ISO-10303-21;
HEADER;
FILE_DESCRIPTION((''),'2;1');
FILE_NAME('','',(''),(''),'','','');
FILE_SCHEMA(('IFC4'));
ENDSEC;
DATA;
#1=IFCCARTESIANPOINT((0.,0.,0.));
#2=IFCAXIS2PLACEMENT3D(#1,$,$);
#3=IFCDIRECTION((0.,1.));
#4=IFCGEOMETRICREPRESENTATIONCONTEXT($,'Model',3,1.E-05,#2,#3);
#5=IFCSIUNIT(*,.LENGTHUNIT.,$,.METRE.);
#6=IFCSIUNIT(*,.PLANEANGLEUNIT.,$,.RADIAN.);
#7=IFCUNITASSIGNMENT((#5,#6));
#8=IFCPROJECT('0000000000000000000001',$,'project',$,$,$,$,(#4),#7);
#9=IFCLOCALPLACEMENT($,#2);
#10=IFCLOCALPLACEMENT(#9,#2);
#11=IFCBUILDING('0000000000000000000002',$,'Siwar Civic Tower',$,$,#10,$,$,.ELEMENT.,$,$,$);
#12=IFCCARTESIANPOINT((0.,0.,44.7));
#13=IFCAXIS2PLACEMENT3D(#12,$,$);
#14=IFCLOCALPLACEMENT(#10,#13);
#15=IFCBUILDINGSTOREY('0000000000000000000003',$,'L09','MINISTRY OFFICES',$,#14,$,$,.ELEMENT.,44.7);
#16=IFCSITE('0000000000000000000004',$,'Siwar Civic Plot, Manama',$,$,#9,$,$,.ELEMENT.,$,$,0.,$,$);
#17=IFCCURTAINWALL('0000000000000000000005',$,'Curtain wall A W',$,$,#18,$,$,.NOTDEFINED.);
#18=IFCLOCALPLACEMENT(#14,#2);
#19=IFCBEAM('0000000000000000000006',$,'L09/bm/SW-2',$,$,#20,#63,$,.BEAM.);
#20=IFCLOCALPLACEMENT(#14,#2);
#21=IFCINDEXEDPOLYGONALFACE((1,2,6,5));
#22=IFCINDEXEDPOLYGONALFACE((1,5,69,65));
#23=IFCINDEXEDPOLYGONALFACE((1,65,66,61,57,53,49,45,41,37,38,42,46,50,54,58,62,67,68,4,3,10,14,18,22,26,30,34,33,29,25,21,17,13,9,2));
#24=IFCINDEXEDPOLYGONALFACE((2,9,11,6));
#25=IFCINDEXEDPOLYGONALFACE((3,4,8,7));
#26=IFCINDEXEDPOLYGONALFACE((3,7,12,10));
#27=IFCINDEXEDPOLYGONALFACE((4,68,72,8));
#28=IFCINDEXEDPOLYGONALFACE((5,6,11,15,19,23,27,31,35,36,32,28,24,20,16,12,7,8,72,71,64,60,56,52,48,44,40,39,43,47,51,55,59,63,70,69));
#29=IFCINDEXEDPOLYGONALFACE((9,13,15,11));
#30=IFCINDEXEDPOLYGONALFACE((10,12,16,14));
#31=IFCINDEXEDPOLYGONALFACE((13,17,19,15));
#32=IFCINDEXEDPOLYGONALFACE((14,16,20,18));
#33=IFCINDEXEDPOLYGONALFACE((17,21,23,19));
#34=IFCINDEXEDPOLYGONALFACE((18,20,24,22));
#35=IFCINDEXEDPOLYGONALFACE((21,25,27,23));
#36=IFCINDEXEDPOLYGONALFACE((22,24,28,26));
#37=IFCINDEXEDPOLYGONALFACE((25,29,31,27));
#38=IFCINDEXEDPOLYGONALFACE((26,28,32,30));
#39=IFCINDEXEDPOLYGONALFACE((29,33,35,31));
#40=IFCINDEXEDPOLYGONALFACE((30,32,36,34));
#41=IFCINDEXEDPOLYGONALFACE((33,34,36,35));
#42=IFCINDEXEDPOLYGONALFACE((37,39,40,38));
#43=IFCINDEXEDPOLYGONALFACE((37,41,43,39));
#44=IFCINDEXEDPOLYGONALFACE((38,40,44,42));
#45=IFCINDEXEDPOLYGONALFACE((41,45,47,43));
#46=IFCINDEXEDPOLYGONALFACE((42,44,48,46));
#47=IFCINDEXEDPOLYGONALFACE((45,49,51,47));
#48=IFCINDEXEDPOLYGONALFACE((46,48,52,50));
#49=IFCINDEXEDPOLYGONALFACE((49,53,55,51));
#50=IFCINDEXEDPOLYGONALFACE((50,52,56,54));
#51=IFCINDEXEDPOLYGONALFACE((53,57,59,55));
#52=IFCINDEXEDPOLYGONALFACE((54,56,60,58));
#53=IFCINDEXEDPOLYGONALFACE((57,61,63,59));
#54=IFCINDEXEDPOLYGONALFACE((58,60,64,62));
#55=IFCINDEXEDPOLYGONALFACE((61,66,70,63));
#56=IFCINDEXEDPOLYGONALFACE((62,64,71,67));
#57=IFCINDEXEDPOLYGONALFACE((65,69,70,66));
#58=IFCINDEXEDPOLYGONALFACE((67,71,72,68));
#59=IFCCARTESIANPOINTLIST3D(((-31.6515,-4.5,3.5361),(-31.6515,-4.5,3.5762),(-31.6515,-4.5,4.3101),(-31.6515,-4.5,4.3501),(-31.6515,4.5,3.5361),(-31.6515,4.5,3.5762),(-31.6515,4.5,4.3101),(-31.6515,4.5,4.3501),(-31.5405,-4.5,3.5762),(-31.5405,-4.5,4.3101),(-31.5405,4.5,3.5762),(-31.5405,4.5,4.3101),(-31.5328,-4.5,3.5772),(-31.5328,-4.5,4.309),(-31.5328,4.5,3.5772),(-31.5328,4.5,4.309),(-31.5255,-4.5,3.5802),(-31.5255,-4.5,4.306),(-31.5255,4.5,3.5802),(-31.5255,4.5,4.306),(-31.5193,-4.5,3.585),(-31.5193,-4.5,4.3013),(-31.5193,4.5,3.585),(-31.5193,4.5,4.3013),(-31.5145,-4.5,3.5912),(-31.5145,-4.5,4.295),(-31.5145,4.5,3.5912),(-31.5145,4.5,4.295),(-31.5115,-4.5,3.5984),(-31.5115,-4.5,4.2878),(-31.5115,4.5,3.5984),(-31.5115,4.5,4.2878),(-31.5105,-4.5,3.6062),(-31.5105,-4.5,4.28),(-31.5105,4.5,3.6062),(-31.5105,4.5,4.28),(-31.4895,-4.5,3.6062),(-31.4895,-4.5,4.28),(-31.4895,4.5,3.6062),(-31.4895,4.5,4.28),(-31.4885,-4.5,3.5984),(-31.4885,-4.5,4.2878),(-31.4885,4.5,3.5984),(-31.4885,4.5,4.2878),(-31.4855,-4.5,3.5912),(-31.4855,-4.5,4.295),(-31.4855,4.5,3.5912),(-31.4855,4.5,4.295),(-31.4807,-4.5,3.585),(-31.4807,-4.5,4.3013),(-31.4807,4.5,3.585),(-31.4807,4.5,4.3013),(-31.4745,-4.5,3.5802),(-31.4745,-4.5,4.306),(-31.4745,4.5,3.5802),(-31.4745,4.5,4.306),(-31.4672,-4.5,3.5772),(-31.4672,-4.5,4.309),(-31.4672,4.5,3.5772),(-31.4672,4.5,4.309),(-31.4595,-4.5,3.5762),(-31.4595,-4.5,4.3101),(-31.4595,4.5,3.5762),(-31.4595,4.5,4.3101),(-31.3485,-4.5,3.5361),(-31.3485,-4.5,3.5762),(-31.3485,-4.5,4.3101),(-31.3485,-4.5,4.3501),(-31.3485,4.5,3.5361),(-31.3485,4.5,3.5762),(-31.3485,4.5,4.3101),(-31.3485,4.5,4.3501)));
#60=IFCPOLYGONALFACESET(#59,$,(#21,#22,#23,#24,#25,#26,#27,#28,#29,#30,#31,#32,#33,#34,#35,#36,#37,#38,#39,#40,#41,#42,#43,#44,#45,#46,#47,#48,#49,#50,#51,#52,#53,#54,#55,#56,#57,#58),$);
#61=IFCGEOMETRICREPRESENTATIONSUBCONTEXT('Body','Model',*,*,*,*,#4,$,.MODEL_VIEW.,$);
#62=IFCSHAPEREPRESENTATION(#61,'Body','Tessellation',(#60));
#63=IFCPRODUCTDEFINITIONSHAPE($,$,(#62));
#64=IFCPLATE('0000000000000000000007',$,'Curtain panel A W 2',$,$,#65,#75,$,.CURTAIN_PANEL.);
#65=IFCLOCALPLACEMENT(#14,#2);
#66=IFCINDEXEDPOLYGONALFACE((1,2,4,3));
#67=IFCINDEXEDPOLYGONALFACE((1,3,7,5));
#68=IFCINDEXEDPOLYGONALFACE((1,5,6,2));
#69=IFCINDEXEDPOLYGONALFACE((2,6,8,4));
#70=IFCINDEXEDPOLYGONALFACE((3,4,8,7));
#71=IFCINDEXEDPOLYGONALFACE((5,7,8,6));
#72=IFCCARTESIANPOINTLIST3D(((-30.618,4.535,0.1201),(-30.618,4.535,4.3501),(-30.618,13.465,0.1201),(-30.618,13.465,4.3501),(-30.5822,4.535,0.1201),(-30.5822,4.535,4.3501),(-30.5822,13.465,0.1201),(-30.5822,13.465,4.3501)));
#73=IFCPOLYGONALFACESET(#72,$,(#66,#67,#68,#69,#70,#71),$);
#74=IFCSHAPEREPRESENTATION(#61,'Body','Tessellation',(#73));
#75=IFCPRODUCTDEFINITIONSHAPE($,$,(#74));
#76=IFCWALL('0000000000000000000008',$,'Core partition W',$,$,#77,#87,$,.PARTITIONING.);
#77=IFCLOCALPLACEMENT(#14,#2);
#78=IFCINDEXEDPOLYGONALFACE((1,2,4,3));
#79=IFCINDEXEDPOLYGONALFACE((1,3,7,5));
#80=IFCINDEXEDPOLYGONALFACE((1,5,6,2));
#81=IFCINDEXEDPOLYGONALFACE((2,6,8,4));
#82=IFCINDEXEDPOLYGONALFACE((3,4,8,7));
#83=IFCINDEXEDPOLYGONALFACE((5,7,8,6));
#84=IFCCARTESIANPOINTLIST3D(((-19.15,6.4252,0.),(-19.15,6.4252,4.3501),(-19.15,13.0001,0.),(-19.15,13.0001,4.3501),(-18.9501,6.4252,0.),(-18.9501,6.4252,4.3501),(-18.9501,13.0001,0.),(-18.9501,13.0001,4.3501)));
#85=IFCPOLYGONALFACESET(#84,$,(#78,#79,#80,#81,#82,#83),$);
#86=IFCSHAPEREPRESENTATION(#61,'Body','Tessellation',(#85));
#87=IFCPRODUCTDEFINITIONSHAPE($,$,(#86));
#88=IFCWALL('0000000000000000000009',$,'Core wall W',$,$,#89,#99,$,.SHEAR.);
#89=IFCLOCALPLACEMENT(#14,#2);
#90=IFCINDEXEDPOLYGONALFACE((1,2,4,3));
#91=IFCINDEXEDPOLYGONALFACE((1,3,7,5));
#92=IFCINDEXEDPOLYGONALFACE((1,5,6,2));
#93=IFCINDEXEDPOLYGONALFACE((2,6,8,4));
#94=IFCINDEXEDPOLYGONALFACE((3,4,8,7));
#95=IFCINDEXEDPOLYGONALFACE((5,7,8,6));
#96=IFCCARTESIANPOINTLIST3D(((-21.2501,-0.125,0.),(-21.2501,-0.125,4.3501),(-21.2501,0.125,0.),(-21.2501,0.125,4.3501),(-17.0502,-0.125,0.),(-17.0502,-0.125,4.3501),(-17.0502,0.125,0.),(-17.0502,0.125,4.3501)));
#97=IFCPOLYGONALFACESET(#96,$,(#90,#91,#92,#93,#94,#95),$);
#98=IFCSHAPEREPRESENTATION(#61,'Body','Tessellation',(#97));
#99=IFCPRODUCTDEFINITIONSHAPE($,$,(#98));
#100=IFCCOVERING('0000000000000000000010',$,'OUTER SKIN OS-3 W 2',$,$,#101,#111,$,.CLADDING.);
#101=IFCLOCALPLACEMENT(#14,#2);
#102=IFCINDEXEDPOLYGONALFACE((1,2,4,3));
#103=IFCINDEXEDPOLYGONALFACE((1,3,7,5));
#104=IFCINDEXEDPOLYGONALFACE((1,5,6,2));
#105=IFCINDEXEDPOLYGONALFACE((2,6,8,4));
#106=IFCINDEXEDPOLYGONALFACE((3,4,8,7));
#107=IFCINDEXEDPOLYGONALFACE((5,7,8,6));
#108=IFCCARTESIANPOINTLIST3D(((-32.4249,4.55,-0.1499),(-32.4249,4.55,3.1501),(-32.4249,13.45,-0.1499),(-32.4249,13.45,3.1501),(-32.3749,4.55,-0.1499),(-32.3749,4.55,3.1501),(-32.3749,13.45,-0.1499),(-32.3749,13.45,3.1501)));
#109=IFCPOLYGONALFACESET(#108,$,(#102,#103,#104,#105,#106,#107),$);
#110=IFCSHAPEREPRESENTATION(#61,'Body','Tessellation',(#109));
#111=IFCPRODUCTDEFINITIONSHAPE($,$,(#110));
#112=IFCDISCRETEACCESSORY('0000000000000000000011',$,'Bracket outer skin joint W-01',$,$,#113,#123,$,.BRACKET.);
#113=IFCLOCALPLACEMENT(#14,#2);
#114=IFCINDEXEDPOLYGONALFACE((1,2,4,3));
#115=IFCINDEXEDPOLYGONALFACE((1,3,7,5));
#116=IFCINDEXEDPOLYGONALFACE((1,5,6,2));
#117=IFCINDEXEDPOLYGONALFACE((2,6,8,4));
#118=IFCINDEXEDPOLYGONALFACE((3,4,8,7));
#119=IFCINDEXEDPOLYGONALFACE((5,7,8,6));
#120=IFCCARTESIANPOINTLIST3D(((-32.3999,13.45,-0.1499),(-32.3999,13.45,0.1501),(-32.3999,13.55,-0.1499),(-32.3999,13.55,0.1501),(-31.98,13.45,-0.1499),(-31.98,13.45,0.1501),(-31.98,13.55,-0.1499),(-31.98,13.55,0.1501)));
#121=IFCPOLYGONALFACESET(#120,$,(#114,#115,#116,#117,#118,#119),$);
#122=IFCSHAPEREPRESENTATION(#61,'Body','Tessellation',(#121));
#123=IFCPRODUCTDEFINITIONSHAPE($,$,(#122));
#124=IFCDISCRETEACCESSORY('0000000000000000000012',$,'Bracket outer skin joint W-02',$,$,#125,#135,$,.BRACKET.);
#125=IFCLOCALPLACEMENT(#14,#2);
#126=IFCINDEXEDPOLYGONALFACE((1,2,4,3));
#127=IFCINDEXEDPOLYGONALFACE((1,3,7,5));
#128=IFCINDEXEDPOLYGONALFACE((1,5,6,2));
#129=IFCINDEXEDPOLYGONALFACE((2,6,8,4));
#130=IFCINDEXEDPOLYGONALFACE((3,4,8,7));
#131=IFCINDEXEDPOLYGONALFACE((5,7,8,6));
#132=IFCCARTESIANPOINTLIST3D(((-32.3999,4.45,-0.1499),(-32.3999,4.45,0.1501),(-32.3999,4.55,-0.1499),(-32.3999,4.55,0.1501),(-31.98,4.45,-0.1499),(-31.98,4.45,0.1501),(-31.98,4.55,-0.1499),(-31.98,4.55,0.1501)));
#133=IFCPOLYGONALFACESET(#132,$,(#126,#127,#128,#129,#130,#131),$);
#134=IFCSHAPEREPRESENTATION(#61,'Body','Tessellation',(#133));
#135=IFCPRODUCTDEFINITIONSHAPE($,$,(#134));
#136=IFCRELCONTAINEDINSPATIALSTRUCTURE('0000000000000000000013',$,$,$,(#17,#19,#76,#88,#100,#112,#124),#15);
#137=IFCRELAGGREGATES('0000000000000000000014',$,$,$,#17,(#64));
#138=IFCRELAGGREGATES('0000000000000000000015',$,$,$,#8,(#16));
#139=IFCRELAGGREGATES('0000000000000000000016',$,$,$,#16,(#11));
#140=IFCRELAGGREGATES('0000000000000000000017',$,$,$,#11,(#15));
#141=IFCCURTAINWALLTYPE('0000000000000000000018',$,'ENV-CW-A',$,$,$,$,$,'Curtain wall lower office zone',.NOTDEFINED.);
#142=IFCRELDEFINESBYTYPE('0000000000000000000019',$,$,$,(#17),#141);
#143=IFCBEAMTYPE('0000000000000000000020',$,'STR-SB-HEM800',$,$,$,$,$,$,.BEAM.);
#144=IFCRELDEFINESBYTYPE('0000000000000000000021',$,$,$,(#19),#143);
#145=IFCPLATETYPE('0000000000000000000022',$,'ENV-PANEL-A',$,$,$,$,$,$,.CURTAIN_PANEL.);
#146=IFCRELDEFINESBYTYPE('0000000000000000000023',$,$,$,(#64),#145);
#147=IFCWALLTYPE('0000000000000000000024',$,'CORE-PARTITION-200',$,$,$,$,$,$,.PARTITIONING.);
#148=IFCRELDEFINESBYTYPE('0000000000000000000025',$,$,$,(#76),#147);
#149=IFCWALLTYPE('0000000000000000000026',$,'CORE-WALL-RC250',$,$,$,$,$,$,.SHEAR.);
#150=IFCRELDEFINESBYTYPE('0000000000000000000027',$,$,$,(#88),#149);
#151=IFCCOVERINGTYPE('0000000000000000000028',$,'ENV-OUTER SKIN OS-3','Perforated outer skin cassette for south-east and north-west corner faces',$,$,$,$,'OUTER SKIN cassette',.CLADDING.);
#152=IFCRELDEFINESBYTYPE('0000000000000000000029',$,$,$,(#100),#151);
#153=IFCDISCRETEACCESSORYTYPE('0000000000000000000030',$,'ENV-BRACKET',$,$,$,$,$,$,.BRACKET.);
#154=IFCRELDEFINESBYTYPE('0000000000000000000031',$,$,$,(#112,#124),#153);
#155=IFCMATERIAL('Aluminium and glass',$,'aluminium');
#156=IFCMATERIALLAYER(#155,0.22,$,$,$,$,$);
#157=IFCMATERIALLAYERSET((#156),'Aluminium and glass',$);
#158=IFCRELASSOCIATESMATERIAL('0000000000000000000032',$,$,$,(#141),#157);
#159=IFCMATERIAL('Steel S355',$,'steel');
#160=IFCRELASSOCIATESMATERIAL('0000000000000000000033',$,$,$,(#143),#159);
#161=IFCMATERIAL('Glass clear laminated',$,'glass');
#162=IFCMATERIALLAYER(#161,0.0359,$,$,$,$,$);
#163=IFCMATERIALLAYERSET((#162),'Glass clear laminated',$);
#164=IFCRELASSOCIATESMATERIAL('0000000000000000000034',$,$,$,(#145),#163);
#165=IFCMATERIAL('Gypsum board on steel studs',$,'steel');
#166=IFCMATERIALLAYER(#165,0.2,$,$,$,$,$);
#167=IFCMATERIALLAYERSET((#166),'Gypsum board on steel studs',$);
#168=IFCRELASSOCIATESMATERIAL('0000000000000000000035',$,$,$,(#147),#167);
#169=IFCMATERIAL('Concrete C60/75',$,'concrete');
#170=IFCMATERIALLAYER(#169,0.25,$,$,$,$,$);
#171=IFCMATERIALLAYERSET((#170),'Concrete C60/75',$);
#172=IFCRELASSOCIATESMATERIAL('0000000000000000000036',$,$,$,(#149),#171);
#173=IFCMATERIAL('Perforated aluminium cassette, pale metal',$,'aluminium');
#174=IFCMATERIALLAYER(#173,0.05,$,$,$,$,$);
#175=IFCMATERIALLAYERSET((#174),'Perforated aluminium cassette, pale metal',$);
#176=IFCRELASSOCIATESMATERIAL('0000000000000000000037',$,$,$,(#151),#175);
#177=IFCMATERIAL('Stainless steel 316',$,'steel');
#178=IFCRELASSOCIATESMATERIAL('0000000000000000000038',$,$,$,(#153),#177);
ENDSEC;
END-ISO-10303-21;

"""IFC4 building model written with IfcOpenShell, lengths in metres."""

from ifc_helpers import new_model, si_unit, direction, frame, frame_2d, origin, origin_2d, place, context, subcontext, project, spatial, rectangle, i_section, extrude, material, layer, layer_set, material_profile, profile_set, type_object, element, aggregate, save


model = new_model("IFC4")

# Units and contexts
model_context = context("Model", 3, precision=1e-05, world=origin(), true_north=direction((0.0, 1.0)))
body_context = subcontext(model_context, "Body", "Model", "MODEL_VIEW")
ifc_project = project(units=[si_unit("LENGTHUNIT", "METRE"), si_unit("PLANEANGLEUNIT", "RADIAN")], contexts=[model_context])

# Site, building, storey
site_placement = place(None, origin())
site = spatial("IfcSite", under=ifc_project, at=site_placement, Name="Siwar Civic Plot, Manama", CompositionType="ELEMENT", RefElevation=0.0)
building_placement = place(site_placement, origin())
building = spatial("IfcBuilding", under=site, at=building_placement, Name="Siwar Civic Tower", CompositionType="ELEMENT")
storey_placement = place(building_placement, frame((0.0, 0.0, 44.7)))
storey = spatial("IfcBuildingStorey", under=building, at=storey_placement, Name="L09", Description="MINISTRY OFFICES", CompositionType="ELEMENT", Elevation=44.7)

# Curtain wall
ifc_material_1 = material(Name="Aluminium and glass", Category="aluminium")
ifc_layer_1 = layer(ifc_material_1, 0.22)
ifc_layer_set_1 = layer_set([ifc_layer_1], Name="Aluminium and glass")
curtain_wall_type = type_object("IfcCurtainWallType", Name="ENV-CW-A", ElementType="Curtain wall lower office zone", PredefinedType="NOTDEFINED", material=ifc_layer_set_1)
curtain_wall_placement = place(storey_placement, origin())
curtain_wall = element("IfcCurtainWall", 1, at=curtain_wall_placement, inside=storey, type_object=curtain_wall_type, Name="Curtain wall A W", PredefinedType="NOTDEFINED")

# Beam
ifc_material_2 = material(Name="Steel S355", Category="steel")
ifc_material_profile_1 = material_profile(ifc_material_2, i_section(OverallWidth=0.303, OverallDepth=0.814, WebThickness=0.021, FlangeThickness=0.04, FilletRadius=0.03, at=origin_2d()), Name="HEM800")
ifc_profile_set_1 = profile_set([ifc_material_profile_1], Name="Steel S355")
beam_type_1 = type_object("IfcBeamType", Name="STR-SB-HEM800", PredefinedType="BEAM", material=ifc_profile_set_1)
for number, where, z_axis, x_axis, name in (
    (2, (-31.5, 4.5, 3.9431), (0.0, -1.0, 0.0), (1.0, 0.0, 0.0), "L09/bm/SW-2"),
):
    element("IfcBeam", number, at=place(storey_placement, frame(where, z_axis=z_axis, x_axis=x_axis)), inside=storey, type_object=beam_type_1, Name=name, PredefinedType="BEAM", context=body_context, shape_type="SweptSolid", body=[
        extrude(i_section(OverallWidth=0.303, OverallDepth=0.814, WebThickness=0.021, FlangeThickness=0.04, FilletRadius=0.03, at=origin_2d()), origin(), (0.0, 0.0, 1.0), 9.0),
    ])

# Plate
ifc_material_3 = material(Name="Glass clear laminated", Category="glass")
ifc_layer_2 = layer(ifc_material_3, 0.0359)
ifc_layer_set_2 = layer_set([ifc_layer_2], Name="Glass clear laminated")
plate_type = type_object("IfcPlateType", Name="ENV-PANEL-A", PredefinedType="CURTAIN_PANEL", material=ifc_layer_set_2)
plate_placement = place(storey_placement, frame((-30.6001, 9.0, 0.1201), z_axis=(0.0, 0.0, 1.0), x_axis=(0.0, -1.0, 0.0)))
plate = element("IfcPlate", 3, at=plate_placement, type_object=plate_type, Name="Curtain panel A W 2", PredefinedType="CURTAIN_PANEL", context=body_context, shape_type="SweptSolid", body=[
    extrude(rectangle(XDim=8.9299, YDim=0.0359, at=origin_2d()), origin(), (0.0, 0.0, 1.0), 4.23),
])
aggregate(curtain_wall, [plate])

# Walls
ifc_material_4 = material(Name="Gypsum board on steel studs", Category="steel")
ifc_layer_3 = layer(ifc_material_4, 0.2)
ifc_layer_set_3 = layer_set([ifc_layer_3], Name="Gypsum board on steel studs")
wall_type_1 = type_object("IfcWallType", Name="CORE-PARTITION-200", PredefinedType="PARTITIONING", material=ifc_layer_set_3)
wall_1_placement = place(storey_placement, frame((-19.05, 6.425, 0.0), z_axis=(0.0, 0.0, 1.0), x_axis=(0.0, 1.0, 0.0)))
element("IfcWall", 4, at=wall_1_placement, inside=storey, type_object=wall_type_1, Name="Core partition W", PredefinedType="PARTITIONING", context=body_context, shape_type="SweptSolid", body=[
    extrude(rectangle(XDim=6.575, YDim=0.2, at=frame_2d((3.2876, 0.0))), origin(), (0.0, 0.0, 1.0), 4.3501),
])
ifc_material_5 = material(Name="Concrete C60/75", Category="concrete")
ifc_layer_4 = layer(ifc_material_5, 0.25)
ifc_layer_set_4 = layer_set([ifc_layer_4], Name="Concrete C60/75")
wall_type_2 = type_object("IfcWallType", Name="CORE-WALL-RC250", PredefinedType="SHEAR", material=ifc_layer_set_4)
wall_2_placement = place(storey_placement, frame((-17.05, 0.0, 0.0), z_axis=(0.0, 0.0, 1.0), x_axis=(-1.0, 0.0, 0.0)))
element("IfcWall", 5, at=wall_2_placement, inside=storey, type_object=wall_type_2, Name="Core wall W", PredefinedType="SHEAR", context=body_context, shape_type="SweptSolid", body=[
    extrude(rectangle(XDim=4.2, YDim=0.25, at=frame_2d((2.1001, 0.0))), origin(), (0.0, 0.0, 1.0), 4.3501),
])

# Covering
ifc_material_6 = material(Name="Perforated aluminium cassette, pale metal", Category="aluminium")
ifc_layer_5 = layer(ifc_material_6, 0.05)
ifc_layer_set_5 = layer_set([ifc_layer_5], Name="Perforated aluminium cassette, pale metal")
covering_type = type_object("IfcCoveringType", Name="ENV-OUTER SKIN OS-3", Description="Perforated outer skin cassette for south-east and north-west corner faces", ElementType="OUTER SKIN cassette", PredefinedType="CLADDING", material=ifc_layer_set_5)
covering_placement = place(storey_placement, frame((-32.3999, 9.0, -0.1499), z_axis=(0.0, 0.0, 1.0), x_axis=(0.0, -1.0, 0.0)))
element("IfcCovering", 6, at=covering_placement, inside=storey, type_object=covering_type, Name="OUTER SKIN OS-3 W 2", PredefinedType="CLADDING", context=body_context, shape_type="SweptSolid", body=[
    extrude(rectangle(XDim=8.8999, YDim=0.05, at=origin_2d()), origin(), (0.0, 0.0, 1.0), 3.3),
])

# Discrete accessories
ifc_material_7 = material(Name="Stainless steel 316", Category="steel")
discrete_accessory_type = type_object("IfcDiscreteAccessoryType", Name="ENV-BRACKET", PredefinedType="BRACKET", material=ifc_material_7)
for number, where, z_axis, x_axis, name in (
    (7, (-32.1899, 13.5, -0.1499), (0.0, 0.0, 1.0), (-1.0, 0.0, 0.0), "Bracket outer skin joint W-01"),
    (8, (-32.1899, 4.5, -0.1499), (0.0, 0.0, 1.0), (-1.0, 0.0, 0.0), "Bracket outer skin joint W-02"),
):
    element("IfcDiscreteAccessory", number, at=place(storey_placement, frame(where, z_axis=z_axis, x_axis=x_axis)), inside=storey, type_object=discrete_accessory_type, Name=name, PredefinedType="BRACKET", context=body_context, shape_type="SweptSolid", body=[
        extrude(rectangle(XDim=0.4199, YDim=0.1001, at=origin_2d()), origin(), (0.0, 0.0, 1.0), 0.3),
    ])

save(model, "model.ifc")
